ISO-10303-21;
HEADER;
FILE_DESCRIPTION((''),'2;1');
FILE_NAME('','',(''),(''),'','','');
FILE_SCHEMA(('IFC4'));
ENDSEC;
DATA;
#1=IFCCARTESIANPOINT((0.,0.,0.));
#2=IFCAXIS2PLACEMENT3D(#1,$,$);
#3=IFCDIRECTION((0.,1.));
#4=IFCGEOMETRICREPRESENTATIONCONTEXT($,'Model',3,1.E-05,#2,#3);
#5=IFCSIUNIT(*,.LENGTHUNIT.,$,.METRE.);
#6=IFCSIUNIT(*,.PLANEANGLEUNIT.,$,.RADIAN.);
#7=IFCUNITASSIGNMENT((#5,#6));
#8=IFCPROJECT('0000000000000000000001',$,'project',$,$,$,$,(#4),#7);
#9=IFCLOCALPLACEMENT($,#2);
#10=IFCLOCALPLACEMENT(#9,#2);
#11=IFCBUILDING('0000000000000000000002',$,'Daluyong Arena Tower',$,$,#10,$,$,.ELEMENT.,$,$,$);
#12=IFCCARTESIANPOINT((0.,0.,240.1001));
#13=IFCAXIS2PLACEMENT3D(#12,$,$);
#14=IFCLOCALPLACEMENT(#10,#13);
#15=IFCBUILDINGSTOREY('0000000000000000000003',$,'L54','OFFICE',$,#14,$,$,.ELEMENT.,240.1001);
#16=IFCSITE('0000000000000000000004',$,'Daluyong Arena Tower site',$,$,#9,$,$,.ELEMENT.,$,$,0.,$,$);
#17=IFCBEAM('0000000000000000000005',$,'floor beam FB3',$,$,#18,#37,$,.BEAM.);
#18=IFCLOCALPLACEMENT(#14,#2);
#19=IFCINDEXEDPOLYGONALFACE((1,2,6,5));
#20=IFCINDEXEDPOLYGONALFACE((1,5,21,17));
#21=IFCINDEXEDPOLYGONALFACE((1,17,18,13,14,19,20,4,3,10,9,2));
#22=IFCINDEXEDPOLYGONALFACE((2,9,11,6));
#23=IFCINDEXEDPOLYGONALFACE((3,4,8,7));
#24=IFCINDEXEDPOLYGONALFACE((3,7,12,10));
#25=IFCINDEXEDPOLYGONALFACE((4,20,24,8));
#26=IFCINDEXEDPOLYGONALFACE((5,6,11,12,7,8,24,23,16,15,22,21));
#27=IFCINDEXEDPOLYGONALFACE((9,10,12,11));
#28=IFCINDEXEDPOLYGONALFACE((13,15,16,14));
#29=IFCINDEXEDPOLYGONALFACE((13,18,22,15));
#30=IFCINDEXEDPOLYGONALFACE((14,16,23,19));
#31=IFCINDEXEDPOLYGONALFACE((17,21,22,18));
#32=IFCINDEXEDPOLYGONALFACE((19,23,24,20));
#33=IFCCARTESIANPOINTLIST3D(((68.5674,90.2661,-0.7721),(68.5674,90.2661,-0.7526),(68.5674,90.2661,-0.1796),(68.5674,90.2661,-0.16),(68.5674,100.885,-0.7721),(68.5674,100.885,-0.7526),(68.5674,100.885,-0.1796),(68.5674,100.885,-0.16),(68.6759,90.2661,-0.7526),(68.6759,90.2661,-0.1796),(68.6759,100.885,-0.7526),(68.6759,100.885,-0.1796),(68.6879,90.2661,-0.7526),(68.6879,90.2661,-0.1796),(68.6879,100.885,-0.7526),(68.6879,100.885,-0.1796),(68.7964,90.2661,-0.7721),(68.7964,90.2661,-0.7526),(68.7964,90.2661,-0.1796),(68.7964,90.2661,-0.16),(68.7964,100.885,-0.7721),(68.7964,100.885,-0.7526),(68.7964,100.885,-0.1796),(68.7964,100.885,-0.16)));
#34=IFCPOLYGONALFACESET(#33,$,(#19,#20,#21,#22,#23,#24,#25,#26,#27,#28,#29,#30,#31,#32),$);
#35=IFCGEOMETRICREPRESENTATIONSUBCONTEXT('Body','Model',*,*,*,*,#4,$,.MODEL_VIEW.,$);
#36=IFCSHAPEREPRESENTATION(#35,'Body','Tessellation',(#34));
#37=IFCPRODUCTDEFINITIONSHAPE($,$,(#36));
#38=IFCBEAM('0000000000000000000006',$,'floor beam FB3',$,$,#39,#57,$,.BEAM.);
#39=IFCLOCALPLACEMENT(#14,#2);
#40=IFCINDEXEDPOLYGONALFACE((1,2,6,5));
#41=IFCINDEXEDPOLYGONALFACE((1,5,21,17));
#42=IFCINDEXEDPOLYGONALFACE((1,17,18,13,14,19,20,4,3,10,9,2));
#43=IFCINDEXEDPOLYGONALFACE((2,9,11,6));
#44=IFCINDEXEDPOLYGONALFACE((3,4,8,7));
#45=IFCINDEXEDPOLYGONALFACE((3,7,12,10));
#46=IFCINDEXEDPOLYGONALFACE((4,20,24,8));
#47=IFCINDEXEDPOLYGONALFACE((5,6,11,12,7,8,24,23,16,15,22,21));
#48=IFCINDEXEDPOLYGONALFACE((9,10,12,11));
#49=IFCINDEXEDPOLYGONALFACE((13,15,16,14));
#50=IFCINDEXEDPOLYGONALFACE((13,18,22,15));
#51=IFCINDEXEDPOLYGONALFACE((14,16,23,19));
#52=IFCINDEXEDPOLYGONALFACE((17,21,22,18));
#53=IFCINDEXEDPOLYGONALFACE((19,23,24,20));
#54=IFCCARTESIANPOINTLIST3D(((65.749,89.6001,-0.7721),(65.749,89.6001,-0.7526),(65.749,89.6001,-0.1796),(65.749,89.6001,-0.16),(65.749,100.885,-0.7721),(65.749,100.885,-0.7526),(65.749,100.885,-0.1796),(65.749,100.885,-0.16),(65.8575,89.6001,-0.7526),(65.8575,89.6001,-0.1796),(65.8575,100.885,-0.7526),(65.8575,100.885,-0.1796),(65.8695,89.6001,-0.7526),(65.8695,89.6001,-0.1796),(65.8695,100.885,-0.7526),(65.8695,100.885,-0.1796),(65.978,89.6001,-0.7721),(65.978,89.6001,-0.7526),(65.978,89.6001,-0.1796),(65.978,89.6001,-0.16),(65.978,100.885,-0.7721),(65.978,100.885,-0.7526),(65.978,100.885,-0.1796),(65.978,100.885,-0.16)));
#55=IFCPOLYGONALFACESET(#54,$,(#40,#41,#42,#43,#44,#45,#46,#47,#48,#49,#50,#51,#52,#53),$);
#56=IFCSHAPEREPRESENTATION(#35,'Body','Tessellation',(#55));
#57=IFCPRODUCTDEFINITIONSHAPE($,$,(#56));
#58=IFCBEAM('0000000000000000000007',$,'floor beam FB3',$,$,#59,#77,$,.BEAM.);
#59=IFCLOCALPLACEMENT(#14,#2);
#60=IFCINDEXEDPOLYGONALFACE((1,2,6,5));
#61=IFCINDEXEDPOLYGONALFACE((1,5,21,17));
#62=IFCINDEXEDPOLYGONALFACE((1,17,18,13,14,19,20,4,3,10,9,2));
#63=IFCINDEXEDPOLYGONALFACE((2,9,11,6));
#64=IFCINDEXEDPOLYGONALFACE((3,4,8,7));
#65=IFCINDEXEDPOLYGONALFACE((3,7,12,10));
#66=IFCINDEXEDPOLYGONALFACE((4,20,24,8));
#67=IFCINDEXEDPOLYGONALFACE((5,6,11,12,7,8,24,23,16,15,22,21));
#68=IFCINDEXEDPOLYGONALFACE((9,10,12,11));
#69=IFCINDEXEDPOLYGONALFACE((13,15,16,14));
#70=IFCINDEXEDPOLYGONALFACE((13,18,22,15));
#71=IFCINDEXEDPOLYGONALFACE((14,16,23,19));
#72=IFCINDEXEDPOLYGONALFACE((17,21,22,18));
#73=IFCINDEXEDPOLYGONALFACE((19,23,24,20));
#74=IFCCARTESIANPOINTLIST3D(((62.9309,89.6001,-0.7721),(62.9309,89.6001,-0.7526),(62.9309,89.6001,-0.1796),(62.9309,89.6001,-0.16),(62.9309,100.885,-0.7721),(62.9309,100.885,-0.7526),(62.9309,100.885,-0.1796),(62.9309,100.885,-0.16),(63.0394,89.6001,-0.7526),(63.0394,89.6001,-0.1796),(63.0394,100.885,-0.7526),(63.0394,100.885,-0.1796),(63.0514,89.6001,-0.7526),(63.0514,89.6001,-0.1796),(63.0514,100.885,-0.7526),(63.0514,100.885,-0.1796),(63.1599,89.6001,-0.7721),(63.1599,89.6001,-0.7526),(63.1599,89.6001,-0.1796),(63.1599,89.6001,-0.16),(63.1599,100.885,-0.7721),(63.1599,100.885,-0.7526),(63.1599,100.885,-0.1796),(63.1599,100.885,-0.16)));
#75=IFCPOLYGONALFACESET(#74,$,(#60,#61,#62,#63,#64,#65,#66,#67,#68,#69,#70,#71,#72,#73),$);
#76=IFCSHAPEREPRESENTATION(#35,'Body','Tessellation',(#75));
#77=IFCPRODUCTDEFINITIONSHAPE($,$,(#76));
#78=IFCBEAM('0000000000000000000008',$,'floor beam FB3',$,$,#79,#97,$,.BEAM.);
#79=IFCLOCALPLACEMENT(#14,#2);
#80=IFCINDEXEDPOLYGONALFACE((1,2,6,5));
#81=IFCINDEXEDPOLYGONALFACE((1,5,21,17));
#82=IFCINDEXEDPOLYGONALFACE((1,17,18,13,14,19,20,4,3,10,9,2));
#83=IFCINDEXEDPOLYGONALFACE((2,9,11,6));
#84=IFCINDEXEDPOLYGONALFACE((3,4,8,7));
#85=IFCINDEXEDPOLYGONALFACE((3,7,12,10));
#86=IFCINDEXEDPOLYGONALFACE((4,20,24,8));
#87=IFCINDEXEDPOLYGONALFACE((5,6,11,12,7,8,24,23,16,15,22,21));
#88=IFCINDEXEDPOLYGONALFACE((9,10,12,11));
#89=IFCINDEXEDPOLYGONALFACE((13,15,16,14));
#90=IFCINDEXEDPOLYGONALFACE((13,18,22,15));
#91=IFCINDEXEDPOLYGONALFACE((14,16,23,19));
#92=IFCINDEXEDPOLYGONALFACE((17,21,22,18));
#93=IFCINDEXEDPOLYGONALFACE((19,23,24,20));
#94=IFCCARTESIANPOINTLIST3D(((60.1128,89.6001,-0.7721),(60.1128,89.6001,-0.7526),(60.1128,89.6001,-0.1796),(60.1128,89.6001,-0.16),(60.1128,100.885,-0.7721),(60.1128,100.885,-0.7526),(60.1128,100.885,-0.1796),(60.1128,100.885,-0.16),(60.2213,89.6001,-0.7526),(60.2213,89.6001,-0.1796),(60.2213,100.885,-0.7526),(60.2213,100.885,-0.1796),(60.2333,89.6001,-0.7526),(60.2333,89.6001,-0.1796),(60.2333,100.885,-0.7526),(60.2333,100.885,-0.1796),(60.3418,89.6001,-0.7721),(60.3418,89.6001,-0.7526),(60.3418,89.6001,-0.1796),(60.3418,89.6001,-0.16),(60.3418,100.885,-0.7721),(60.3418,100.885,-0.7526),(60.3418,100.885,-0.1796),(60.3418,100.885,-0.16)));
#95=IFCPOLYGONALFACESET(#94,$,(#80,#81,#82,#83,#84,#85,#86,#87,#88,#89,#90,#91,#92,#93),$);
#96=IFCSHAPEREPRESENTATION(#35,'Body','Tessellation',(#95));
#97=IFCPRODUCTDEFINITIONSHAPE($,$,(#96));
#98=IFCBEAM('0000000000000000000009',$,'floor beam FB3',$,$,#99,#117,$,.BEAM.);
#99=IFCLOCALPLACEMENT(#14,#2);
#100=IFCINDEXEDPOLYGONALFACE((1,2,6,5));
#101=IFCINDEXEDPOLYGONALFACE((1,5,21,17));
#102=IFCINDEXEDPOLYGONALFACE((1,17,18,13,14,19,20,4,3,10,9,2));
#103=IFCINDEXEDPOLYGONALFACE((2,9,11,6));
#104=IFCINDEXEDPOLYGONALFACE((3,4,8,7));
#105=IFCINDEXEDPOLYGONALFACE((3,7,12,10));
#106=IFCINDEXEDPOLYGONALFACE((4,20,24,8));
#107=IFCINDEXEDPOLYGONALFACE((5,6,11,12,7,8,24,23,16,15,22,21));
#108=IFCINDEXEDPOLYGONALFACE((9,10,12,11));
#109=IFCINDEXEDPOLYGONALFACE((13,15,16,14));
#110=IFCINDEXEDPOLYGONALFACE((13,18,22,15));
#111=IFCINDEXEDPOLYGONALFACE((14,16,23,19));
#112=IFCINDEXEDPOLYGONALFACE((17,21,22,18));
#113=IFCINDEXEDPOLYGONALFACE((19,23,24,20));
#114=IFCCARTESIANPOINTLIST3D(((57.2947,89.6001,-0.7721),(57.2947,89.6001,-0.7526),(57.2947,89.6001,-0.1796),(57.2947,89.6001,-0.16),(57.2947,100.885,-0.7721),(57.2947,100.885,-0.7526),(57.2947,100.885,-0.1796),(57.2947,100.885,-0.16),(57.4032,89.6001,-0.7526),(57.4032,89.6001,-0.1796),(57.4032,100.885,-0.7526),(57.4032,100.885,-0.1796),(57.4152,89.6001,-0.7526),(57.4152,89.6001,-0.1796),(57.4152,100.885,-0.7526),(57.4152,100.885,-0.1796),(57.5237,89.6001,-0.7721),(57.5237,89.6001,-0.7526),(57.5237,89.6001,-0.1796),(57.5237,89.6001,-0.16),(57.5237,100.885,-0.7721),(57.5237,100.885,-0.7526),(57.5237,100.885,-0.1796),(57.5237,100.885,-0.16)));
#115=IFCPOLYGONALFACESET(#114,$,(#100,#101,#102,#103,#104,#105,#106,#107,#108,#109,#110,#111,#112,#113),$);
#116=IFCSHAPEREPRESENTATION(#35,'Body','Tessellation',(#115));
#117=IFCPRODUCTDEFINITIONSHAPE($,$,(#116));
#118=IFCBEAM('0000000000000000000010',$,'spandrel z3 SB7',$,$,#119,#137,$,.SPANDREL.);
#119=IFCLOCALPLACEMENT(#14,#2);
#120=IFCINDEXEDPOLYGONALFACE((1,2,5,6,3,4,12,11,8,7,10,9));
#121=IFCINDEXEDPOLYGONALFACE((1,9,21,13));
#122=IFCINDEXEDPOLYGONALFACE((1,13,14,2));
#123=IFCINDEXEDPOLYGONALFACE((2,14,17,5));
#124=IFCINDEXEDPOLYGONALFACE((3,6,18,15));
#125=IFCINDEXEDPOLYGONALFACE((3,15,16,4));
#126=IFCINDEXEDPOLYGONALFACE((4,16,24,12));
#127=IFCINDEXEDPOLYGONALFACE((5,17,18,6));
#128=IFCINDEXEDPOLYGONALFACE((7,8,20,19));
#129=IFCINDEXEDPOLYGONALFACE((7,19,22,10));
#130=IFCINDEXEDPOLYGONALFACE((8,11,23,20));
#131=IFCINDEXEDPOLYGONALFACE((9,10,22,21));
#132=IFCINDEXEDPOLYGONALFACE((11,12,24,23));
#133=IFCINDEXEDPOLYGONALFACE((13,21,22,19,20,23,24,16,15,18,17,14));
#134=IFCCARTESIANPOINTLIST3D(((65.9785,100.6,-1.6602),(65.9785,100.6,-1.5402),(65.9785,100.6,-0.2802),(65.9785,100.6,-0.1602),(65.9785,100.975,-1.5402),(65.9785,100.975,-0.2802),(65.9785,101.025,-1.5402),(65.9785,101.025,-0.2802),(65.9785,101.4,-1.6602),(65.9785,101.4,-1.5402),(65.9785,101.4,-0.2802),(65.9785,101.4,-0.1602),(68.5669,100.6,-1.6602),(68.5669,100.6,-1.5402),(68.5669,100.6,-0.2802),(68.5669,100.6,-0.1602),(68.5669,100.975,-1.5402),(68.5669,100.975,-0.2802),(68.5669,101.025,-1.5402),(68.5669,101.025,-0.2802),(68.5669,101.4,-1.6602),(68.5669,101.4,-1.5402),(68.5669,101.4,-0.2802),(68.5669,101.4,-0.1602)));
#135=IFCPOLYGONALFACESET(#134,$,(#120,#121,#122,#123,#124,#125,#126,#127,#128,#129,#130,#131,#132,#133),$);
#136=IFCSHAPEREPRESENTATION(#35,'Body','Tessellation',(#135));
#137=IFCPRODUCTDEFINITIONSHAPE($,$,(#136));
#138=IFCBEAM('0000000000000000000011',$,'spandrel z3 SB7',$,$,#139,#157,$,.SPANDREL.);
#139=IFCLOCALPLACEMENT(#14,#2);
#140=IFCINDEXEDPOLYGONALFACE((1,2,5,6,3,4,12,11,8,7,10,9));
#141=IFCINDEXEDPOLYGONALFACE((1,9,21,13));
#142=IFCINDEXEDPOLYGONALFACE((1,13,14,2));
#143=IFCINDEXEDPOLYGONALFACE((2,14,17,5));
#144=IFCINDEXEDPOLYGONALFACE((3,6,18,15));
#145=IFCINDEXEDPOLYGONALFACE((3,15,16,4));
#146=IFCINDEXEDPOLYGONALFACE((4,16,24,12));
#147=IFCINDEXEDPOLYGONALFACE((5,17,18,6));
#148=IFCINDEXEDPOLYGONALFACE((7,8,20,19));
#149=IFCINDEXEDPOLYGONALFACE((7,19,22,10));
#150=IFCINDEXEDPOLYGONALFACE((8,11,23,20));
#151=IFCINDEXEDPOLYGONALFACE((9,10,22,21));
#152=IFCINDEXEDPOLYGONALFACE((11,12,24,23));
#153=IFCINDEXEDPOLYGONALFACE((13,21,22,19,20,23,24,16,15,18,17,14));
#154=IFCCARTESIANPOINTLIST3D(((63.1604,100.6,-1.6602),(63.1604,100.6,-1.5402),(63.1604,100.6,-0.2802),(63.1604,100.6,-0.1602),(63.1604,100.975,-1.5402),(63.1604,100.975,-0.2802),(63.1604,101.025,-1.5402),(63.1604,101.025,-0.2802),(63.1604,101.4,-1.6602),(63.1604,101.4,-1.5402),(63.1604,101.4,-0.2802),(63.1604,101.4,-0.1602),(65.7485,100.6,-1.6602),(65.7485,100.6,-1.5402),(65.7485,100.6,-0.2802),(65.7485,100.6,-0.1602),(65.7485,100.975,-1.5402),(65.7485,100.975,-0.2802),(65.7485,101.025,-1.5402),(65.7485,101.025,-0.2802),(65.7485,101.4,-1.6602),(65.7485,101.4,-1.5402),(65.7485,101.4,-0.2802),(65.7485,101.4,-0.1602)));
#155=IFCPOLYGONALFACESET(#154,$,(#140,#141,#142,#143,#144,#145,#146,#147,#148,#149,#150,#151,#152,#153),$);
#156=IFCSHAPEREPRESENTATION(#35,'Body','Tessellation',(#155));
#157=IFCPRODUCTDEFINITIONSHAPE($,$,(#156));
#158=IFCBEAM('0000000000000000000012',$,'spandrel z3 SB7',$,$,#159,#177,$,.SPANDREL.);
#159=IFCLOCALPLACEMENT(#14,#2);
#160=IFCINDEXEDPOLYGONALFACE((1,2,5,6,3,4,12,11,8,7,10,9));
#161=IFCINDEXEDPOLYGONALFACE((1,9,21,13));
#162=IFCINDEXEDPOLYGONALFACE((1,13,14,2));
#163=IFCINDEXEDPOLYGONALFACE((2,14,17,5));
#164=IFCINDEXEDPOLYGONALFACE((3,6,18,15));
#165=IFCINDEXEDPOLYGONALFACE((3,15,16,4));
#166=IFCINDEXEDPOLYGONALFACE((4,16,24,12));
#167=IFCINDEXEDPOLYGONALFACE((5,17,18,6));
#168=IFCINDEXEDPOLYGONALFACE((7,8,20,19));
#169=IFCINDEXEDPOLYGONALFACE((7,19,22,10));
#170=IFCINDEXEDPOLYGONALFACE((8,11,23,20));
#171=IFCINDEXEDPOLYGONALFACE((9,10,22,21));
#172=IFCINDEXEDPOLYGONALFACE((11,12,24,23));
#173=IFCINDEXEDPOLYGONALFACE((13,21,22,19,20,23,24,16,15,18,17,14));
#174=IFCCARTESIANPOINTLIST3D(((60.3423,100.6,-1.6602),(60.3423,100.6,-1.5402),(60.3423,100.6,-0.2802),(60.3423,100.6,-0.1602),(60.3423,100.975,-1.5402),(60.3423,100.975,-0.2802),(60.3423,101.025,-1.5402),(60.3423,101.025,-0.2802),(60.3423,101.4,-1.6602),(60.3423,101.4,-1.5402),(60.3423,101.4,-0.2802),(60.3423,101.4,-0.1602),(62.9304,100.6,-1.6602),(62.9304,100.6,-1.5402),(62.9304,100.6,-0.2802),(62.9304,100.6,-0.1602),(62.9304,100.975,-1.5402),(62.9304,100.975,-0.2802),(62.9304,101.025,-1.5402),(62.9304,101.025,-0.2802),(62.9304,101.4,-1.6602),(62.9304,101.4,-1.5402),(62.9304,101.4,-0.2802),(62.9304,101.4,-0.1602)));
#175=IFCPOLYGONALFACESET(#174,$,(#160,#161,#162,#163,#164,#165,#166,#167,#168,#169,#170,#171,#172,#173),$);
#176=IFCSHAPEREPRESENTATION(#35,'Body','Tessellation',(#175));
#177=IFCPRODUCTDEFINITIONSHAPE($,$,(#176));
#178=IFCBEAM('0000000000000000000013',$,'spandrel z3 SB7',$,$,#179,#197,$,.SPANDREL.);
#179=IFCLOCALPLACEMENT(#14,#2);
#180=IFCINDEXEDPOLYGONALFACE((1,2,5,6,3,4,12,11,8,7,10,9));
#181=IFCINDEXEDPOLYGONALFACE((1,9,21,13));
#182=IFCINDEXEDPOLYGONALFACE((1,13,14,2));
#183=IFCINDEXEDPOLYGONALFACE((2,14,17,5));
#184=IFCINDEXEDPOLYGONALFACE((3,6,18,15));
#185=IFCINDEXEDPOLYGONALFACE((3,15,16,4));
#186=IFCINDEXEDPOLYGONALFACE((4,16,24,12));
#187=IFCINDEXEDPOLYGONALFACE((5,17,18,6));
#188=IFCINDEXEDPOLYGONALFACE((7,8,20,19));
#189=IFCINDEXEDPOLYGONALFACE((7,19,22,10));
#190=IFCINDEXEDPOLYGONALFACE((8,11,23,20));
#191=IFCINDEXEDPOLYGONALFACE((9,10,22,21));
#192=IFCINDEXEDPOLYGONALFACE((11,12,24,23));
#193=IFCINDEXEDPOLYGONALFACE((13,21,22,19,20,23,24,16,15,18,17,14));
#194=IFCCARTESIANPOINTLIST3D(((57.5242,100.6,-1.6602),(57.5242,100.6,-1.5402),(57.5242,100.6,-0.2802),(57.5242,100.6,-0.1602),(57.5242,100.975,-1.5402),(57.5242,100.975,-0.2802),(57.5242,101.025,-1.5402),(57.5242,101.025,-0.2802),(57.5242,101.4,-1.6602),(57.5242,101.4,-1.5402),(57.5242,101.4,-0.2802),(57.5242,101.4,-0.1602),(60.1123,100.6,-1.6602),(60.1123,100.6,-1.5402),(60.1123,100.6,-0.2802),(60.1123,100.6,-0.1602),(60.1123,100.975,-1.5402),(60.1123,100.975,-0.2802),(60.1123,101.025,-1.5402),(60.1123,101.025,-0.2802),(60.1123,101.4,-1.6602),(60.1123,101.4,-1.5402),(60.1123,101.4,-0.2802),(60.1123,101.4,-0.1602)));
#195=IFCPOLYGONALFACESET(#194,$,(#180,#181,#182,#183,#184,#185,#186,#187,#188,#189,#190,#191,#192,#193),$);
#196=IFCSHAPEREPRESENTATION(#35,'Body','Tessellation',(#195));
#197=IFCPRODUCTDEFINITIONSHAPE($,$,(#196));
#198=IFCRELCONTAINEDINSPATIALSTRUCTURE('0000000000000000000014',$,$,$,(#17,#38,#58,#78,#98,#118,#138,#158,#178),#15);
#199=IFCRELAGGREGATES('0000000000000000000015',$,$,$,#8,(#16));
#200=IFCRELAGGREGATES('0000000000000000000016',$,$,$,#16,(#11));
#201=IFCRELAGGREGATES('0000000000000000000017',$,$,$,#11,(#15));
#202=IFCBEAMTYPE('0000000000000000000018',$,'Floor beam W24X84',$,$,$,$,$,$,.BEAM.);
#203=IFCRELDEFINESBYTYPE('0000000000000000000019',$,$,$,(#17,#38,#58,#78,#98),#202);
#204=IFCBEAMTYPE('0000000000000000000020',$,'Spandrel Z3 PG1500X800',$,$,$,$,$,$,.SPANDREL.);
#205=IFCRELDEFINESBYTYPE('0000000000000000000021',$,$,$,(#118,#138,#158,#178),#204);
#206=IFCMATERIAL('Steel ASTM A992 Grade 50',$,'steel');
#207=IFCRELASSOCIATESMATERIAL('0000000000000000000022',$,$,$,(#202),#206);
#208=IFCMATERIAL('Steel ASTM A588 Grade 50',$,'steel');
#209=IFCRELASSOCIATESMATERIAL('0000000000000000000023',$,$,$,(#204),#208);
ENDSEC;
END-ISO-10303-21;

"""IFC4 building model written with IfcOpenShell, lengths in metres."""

from ifc_helpers import new_model, si_unit, direction, frame, origin, origin_2d, place, context, subcontext, project, spatial, i_section, extrude, material, material_profile, profile_set, type_object, element, save


model = new_model("IFC4")

# Units and contexts
model_context = context("Model", 3, precision=1e-05, world=origin(), true_north=direction((0.0, 1.0)))
body_context = subcontext(model_context, "Body", "Model", "MODEL_VIEW")
ifc_project = project(units=[si_unit("LENGTHUNIT", "METRE"), si_unit("PLANEANGLEUNIT", "RADIAN")], contexts=[model_context])

# Site, building, storey
site_placement = place(None, origin())
site = spatial("IfcSite", under=ifc_project, at=site_placement, Name="Daluyong Arena Tower site", CompositionType="ELEMENT", RefElevation=0.0)
building_placement = place(site_placement, origin())
building = spatial("IfcBuilding", under=site, at=building_placement, Name="Daluyong Arena Tower", CompositionType="ELEMENT")
storey_placement = place(building_placement, frame((0.0, 0.0, 240.1001)))
storey = spatial("IfcBuildingStorey", under=building, at=storey_placement, Name="L54", Description="OFFICE", CompositionType="ELEMENT", Elevation=240.1001)

# Beams
ifc_material_1 = material(Name="Steel ASTM A992 Grade 50", Category="steel")
ifc_material_profile_1 = material_profile(ifc_material_1, i_section(OverallWidth=0.229, OverallDepth=0.6121, WebThickness=0.012, FlangeThickness=0.0195, at=origin_2d()))
ifc_profile_set_1 = profile_set([ifc_material_profile_1], Name="Steel ASTM A992 Grade 50")
beam_type_1 = type_object("IfcBeamType", Name="Floor beam W24X84", PredefinedType="BEAM", material=ifc_profile_set_1)
beam_1_placement = place(storey_placement, frame((68.6819, 100.885, -0.4661), z_axis=(0.0, -1.0, 0.0), x_axis=(1.0, 0.0, 0.0)))
element("IfcBeam", 1, at=beam_1_placement, inside=storey, type_object=beam_type_1, Name="floor beam FB3", PredefinedType="BEAM", context=body_context, shape_type="SweptSolid", body=[
    extrude(i_section(OverallWidth=0.229, OverallDepth=0.6121, WebThickness=0.012, FlangeThickness=0.0195, at=origin_2d()), origin(), (0.0, 0.0, 1.0), 10.6189),
])
for number, where, z_axis, x_axis, name in (
    (2, (65.8635, 100.885, -0.4661), (0.0, -1.0, 0.0), (1.0, 0.0, 0.0), "floor beam FB3"),
    (3, (63.0454, 100.885, -0.4661), (0.0, -1.0, 0.0), (1.0, 0.0, 0.0), "floor beam FB3"),
    (4, (60.2273, 100.885, -0.4661), (0.0, -1.0, 0.0), (1.0, 0.0, 0.0), "floor beam FB3"),
    (5, (57.4092, 100.885, -0.4661), (0.0, -1.0, 0.0), (1.0, 0.0, 0.0), "floor beam FB3"),
):
    element("IfcBeam", number, at=place(storey_placement, frame(where, z_axis=z_axis, x_axis=x_axis)), inside=storey, type_object=beam_type_1, Name=name, PredefinedType="BEAM", context=body_context, shape_type="SweptSolid", body=[
        extrude(i_section(OverallWidth=0.229, OverallDepth=0.6121, WebThickness=0.012, FlangeThickness=0.0195, at=origin_2d()), origin(), (0.0, 0.0, 1.0), 11.2849),
    ])
ifc_material_2 = material(Name="Steel ASTM A588 Grade 50", Category="steel")
ifc_material_profile_2 = material_profile(ifc_material_2, i_section(OverallWidth=0.8, OverallDepth=1.5, WebThickness=0.05, FlangeThickness=0.12, at=origin_2d()))
ifc_profile_set_2 = profile_set([ifc_material_profile_2], Name="Steel ASTM A588 Grade 50")
beam_type_2 = type_object("IfcBeamType", Name="Spandrel Z3 PG1500X800", PredefinedType="SPANDREL", material=ifc_profile_set_2)
beam_2_placement = place(storey_placement, frame((68.5669, 101.0, -0.9102), z_axis=(-1.0, 0.0, 0.0), x_axis=(0.0, -1.0, 0.0)))
element("IfcBeam", 6, at=beam_2_placement, inside=storey, type_object=beam_type_2, Name="spandrel z3 SB7", PredefinedType="SPANDREL", context=body_context, shape_type="SweptSolid", body=[
    extrude(i_section(OverallWidth=0.8, OverallDepth=1.5, WebThickness=0.05, FlangeThickness=0.12, at=origin_2d()), origin(), (0.0, 0.0, 1.0), 2.5884),
])
for number, where, z_axis, x_axis, name in (
    (7, (65.7485, 101.0, -0.9102), (-1.0, 0.0, 0.0), (0.0, -1.0, 0.0), "spandrel z3 SB7"),
    (8, (62.9304, 101.0, -0.9102), (-1.0, 0.0, 0.0), (0.0, -1.0, 0.0), "spandrel z3 SB7"),
    (9, (60.1123, 101.0, -0.9102), (-1.0, 0.0, 0.0), (0.0, -1.0, 0.0), "spandrel z3 SB7"),
):
    element("IfcBeam", number, at=place(storey_placement, frame(where, z_axis=z_axis, x_axis=x_axis)), inside=storey, type_object=beam_type_2, Name=name, PredefinedType="SPANDREL", context=body_context, shape_type="SweptSolid", body=[
        extrude(i_section(OverallWidth=0.8, OverallDepth=1.5, WebThickness=0.05, FlangeThickness=0.12, at=origin_2d()), origin(), (0.0, 0.0, 1.0), 2.5881),
    ])

save(model, "model.ifc")
